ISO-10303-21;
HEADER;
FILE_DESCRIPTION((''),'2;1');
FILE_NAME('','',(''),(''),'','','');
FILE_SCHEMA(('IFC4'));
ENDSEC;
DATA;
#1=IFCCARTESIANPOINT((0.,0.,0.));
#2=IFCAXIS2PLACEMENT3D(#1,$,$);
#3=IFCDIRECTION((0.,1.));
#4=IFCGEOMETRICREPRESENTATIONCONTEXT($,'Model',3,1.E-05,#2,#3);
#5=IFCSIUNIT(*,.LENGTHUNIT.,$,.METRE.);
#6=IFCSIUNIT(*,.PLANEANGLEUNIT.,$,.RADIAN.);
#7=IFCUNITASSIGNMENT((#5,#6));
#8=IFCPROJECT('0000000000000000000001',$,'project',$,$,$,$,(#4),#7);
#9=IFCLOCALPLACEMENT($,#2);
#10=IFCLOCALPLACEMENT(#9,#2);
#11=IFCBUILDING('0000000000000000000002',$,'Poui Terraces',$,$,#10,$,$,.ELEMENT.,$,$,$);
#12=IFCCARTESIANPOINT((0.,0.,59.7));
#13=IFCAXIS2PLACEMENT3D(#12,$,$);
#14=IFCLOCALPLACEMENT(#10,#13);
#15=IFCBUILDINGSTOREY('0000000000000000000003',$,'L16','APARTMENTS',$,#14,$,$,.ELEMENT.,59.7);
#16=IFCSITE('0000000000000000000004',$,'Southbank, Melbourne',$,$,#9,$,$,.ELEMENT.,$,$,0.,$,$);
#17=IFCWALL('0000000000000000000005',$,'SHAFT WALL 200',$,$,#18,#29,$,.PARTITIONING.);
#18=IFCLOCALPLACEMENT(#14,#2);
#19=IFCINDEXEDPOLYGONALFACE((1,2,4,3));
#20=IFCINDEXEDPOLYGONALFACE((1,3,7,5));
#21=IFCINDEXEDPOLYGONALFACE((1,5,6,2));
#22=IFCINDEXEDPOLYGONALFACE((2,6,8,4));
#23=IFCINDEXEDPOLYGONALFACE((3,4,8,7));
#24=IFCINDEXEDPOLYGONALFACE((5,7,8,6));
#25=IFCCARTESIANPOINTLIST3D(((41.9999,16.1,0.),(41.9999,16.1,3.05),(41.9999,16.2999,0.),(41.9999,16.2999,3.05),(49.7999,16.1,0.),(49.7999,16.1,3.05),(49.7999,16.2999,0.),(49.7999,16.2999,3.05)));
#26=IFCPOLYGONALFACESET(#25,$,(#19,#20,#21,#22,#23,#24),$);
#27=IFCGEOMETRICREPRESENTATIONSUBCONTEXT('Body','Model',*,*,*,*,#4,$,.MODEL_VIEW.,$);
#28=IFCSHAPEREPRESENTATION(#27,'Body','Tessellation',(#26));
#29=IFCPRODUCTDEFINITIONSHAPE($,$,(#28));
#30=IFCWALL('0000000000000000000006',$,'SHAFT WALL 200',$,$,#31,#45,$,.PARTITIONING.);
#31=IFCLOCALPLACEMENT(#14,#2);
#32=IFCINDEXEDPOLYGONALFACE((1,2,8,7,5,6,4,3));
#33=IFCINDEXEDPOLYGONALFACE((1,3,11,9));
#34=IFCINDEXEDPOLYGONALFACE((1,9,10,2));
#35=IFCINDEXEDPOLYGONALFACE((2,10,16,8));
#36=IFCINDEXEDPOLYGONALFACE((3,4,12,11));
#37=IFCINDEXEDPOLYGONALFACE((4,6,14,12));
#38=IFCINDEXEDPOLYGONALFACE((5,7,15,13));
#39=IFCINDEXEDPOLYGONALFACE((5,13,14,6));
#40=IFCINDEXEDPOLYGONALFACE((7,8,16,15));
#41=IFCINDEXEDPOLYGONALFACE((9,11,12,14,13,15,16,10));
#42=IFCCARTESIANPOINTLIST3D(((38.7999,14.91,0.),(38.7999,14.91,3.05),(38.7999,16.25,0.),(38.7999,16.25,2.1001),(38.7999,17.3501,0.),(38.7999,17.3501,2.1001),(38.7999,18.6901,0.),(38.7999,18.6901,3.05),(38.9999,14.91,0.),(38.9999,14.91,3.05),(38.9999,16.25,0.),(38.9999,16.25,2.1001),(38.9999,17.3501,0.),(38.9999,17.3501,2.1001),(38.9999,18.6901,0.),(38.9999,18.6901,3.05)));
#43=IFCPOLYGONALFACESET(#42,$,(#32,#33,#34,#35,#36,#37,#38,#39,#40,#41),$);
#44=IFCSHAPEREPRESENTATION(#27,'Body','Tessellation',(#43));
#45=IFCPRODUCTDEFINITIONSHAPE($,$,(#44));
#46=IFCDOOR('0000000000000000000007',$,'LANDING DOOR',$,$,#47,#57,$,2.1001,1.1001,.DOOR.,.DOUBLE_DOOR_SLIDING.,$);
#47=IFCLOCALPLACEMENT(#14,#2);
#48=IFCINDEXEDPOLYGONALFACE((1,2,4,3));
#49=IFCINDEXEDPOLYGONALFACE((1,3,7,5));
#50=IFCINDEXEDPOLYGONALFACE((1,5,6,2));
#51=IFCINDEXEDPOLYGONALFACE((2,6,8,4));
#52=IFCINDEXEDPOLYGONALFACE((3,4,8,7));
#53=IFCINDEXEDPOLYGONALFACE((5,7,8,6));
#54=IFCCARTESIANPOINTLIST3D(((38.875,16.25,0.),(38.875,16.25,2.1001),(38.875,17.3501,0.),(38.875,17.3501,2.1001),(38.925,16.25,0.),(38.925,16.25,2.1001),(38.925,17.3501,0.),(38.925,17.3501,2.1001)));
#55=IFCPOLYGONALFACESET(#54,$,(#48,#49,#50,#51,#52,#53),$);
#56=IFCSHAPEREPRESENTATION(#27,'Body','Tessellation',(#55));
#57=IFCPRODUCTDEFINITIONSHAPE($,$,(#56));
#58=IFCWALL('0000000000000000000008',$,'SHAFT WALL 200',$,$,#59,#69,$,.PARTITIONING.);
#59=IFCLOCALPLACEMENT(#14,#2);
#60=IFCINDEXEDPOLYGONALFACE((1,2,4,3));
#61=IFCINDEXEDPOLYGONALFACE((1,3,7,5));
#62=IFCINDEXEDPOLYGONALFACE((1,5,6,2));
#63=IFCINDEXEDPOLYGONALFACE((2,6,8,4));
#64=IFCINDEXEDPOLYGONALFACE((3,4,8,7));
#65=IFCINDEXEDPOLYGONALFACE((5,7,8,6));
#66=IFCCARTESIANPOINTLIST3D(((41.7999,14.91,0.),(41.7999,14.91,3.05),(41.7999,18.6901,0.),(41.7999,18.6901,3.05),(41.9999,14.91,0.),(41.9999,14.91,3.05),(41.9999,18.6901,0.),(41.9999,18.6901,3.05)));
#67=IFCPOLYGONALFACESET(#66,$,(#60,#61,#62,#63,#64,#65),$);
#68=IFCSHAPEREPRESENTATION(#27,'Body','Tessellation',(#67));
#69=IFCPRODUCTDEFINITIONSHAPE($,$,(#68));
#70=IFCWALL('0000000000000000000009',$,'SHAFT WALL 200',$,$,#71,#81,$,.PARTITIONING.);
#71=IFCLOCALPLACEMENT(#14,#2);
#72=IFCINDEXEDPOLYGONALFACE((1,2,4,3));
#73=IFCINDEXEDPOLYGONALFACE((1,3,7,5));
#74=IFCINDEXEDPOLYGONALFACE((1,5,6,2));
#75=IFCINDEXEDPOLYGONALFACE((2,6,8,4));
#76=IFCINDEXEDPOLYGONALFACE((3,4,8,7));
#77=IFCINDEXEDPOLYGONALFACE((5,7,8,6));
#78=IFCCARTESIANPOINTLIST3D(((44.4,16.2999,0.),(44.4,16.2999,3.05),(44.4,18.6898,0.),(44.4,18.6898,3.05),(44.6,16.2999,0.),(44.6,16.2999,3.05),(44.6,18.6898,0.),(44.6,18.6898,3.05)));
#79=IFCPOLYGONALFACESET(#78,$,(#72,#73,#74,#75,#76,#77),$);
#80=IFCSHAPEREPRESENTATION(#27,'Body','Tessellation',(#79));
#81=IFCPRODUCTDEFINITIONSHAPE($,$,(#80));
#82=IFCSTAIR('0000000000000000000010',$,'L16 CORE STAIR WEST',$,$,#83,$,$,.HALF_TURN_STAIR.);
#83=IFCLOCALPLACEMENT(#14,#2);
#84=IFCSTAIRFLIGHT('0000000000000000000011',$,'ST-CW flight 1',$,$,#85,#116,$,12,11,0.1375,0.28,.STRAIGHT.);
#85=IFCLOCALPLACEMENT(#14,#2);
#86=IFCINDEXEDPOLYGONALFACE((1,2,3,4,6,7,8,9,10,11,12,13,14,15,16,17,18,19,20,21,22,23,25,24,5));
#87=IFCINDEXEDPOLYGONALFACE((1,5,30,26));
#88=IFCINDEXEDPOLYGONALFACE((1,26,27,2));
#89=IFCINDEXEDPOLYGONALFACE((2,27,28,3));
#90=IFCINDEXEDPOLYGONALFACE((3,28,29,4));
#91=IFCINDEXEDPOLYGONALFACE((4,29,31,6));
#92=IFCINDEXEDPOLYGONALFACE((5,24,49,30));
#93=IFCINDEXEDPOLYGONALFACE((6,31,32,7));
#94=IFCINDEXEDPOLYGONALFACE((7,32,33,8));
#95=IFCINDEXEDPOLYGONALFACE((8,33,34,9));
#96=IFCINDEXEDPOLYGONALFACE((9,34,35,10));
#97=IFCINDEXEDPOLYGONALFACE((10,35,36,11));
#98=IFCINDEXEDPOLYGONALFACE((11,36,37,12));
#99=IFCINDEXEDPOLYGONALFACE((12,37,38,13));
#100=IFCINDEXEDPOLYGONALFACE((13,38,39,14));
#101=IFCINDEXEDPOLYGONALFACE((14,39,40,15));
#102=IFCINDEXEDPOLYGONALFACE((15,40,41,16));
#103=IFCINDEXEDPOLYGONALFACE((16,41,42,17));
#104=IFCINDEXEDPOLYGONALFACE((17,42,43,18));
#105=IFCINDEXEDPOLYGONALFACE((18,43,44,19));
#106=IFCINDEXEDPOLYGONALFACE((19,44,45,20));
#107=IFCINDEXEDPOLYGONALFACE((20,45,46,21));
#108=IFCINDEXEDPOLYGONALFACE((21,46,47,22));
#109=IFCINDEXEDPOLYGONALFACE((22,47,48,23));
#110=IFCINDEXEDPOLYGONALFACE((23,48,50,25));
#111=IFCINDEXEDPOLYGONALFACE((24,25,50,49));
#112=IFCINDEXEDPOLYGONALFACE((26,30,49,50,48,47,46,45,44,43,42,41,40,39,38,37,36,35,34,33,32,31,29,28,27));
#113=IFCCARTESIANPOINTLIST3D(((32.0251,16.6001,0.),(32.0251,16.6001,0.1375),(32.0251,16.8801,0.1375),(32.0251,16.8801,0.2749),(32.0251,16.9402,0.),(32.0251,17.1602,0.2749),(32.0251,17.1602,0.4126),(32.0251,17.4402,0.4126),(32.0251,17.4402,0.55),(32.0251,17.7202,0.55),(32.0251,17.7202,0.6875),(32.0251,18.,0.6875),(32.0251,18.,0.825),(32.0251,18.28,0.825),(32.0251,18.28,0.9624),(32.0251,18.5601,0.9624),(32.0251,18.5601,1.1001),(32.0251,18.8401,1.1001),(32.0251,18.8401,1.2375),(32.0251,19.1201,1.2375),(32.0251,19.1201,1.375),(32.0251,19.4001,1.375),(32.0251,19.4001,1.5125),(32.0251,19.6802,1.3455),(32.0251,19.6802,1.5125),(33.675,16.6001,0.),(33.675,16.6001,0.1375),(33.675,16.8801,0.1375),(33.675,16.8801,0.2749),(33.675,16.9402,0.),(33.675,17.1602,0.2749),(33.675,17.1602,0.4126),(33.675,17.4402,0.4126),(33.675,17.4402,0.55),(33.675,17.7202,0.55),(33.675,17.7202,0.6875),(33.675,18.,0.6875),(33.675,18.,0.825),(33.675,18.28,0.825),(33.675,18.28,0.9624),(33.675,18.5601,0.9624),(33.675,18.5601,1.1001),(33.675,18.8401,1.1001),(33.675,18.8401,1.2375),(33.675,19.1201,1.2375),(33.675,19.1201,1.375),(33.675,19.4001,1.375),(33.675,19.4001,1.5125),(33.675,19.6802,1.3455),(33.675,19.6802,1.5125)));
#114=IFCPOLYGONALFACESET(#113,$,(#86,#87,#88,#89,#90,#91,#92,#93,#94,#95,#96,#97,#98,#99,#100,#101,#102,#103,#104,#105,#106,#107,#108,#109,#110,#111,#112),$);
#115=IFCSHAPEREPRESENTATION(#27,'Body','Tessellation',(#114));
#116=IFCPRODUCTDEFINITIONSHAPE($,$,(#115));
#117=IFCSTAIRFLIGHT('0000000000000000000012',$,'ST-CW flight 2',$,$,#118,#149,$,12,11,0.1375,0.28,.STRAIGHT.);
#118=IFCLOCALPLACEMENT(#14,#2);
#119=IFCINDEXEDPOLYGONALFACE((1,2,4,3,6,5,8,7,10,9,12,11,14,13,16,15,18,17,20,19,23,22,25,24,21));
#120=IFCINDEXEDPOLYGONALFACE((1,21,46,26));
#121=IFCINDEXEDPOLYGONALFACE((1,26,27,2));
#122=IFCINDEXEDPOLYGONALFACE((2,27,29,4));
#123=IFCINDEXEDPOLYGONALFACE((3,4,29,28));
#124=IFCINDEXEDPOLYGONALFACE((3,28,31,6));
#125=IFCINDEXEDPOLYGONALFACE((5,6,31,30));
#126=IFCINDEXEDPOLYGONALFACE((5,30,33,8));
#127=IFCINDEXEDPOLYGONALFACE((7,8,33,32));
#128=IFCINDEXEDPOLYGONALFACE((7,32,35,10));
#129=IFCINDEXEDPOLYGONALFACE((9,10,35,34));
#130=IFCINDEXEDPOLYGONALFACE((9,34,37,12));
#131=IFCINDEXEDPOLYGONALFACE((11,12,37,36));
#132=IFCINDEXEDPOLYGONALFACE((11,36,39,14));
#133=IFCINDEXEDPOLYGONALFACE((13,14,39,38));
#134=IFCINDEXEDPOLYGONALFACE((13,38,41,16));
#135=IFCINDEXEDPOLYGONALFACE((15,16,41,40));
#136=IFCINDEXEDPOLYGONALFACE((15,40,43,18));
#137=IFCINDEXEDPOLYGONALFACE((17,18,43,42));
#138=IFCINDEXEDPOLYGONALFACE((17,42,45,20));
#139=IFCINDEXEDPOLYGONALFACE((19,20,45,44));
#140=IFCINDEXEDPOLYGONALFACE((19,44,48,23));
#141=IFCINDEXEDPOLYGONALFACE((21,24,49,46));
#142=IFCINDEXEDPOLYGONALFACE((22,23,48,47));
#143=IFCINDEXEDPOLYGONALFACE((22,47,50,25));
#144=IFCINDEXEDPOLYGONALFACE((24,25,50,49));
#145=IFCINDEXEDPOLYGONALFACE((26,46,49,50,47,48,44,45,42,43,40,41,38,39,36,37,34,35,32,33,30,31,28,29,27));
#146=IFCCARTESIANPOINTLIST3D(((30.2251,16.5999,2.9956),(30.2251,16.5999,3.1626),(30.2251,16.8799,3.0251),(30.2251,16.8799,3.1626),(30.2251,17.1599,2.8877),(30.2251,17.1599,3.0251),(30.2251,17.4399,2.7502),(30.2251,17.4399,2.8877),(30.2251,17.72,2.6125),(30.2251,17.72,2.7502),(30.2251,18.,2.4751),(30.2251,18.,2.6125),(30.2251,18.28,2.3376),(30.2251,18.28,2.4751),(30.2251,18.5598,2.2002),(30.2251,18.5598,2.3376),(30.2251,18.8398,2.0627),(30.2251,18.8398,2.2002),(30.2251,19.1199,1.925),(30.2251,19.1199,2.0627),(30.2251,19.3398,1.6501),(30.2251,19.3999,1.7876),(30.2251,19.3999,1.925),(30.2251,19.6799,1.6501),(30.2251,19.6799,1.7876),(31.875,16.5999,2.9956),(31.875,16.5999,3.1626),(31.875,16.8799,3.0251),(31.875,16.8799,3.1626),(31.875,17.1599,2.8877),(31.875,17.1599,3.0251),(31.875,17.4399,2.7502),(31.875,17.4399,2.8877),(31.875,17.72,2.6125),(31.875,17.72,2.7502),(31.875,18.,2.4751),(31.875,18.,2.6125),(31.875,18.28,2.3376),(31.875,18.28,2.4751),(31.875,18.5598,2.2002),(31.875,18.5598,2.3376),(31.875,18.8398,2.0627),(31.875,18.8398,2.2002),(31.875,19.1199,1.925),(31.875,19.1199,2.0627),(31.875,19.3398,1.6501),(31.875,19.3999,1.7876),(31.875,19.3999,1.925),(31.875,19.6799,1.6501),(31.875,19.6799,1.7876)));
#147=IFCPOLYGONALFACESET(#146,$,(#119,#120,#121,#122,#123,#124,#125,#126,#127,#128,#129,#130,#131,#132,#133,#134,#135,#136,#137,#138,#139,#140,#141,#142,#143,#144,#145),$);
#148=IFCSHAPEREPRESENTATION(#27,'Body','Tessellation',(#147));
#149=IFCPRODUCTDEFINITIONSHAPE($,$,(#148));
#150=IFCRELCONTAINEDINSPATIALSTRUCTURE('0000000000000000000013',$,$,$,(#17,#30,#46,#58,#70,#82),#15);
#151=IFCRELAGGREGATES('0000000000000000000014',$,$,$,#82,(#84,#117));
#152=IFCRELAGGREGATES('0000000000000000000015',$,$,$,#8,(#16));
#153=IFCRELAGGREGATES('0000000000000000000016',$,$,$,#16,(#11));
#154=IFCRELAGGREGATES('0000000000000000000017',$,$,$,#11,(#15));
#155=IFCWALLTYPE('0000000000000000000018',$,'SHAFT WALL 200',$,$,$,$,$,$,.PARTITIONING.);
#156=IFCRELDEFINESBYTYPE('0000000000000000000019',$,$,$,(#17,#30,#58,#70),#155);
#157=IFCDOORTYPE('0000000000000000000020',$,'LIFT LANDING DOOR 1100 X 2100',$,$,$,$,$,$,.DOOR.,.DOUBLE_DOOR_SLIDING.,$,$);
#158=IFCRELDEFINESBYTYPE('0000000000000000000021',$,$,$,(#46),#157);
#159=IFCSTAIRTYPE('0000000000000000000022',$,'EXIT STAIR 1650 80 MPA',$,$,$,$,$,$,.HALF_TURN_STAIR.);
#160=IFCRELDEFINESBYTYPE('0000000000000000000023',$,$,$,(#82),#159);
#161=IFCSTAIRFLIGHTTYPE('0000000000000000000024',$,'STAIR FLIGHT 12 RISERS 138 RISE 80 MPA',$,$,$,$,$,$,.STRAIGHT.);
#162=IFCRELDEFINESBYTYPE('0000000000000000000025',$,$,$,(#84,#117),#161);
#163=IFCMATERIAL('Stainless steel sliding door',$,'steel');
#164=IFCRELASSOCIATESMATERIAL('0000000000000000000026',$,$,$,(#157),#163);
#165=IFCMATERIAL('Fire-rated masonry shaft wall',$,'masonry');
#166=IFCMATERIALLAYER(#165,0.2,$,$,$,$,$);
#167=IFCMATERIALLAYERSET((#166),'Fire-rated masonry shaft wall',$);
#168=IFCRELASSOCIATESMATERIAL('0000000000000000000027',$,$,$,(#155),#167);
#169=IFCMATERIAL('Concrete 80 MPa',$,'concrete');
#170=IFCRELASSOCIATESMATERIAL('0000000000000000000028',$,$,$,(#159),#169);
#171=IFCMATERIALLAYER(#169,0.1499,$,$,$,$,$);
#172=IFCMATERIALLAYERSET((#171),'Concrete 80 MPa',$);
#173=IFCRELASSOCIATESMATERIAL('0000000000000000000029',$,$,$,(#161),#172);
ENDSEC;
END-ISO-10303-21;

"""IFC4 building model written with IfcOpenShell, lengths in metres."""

from ifc_helpers import new_model, si_unit, direction, frame, frame_2d, origin, place, context, subcontext, project, spatial, polyline, rectangle, outline, extrude, material, layer, layer_set, type_object, element, fill, aggregate, save


model = new_model("IFC4")

# Units and contexts
model_context = context("Model", 3, precision=1e-05, world=origin(), true_north=direction((0.0, 1.0)))
body_context = subcontext(model_context, "Body", "Model", "MODEL_VIEW")
ifc_project = project(units=[si_unit("LENGTHUNIT", "METRE"), si_unit("PLANEANGLEUNIT", "RADIAN")], contexts=[model_context])

# Site, building, storey
site_placement = place(None, origin())
site = spatial("IfcSite", under=ifc_project, at=site_placement, Name="Southbank, Melbourne", CompositionType="ELEMENT", RefElevation=0.0)
building_placement = place(site_placement, origin())
building = spatial("IfcBuilding", under=site, at=building_placement, Name="Poui Terraces", CompositionType="ELEMENT")
storey_placement = place(building_placement, frame((0.0, 0.0, 59.7)))
storey = spatial("IfcBuildingStorey", under=building, at=storey_placement, Name="L16", Description="APARTMENTS", CompositionType="ELEMENT", Elevation=59.7)

# Shared definitions
ifc_material_1 = material(Name="Concrete 80 MPa", Category="concrete")
ifc_material_2 = material(Name="Stainless steel sliding door", Category="steel")
door_type_1 = type_object("IfcDoorType", Name="LIFT LANDING DOOR 1100 X 2100", OperationType="DOUBLE_DOOR_SLIDING", PredefinedType="DOOR", material=ifc_material_2)

# Wall
ifc_material_3 = material(Name="Fire-rated masonry shaft wall", Category="masonry")
ifc_layer_1 = layer(ifc_material_3, 0.2)
ifc_layer_set_1 = layer_set([ifc_layer_1], Name="Fire-rated masonry shaft wall")
wall_type_1 = type_object("IfcWallType", Name="SHAFT WALL 200", PredefinedType="PARTITIONING", material=ifc_layer_set_1)
wall_1_placement = place(storey_placement, frame((42.0, 16.2, 0.0), z_axis=(0.0, 0.0, 1.0), x_axis=(1.0, 0.0, 0.0)))
element("IfcWall", 1, at=wall_1_placement, inside=storey, type_object=wall_type_1, Name="SHAFT WALL 200", PredefinedType="PARTITIONING", context=body_context, shape_type="SweptSolid", body=[
    extrude(rectangle(XDim=7.8, YDim=0.2, at=frame_2d((3.8999, 0.0))), origin(), (0.0, 0.0, 1.0), 3.05),
])

# Wall, opening, door
wall_2_placement = place(storey_placement, frame((38.8999, 14.9099, 0.0), z_axis=(0.0, 0.0, 1.0), x_axis=(0.0, 1.0, 0.0)))
wall_2 = element("IfcWall", 2, at=wall_2_placement, inside=storey, type_object=wall_type_1, Name="SHAFT WALL 200", PredefinedType="PARTITIONING", context=body_context, shape_type="SweptSolid", body=[
    extrude(rectangle(XDim=3.78, YDim=0.2, at=frame_2d((1.8901, 0.0))), origin(), (0.0, 0.0, 1.0), 3.05),
])
opening_1_placement = place(wall_2_placement, frame((1.3401, 0.0, 0.0)))
opening_1 = element("IfcOpeningElement", 3, at=opening_1_placement, cuts=wall_2, PredefinedType="OPENING", context=body_context, shape_type="SweptSolid", body=[
    extrude(rectangle(XDim=1.1001, YDim=2.1001, at=frame_2d((0.55, 1.05))), frame((0.0, 0.1099, 0.0), z_axis=(0.0, -1.0, 0.0), x_axis=(1.0, 0.0, 0.0)), (0.0, 0.0, 1.0), 0.22),
])
door_1_placement = place(opening_1_placement, origin())
door_1 = element("IfcDoor", 4, at=door_1_placement, inside=storey, type_object=door_type_1, Name="LANDING DOOR", OperationType="DOUBLE_DOOR_SLIDING", OverallHeight=2.1001, OverallWidth=1.1001, PredefinedType="DOOR", context=body_context, shape_type="SweptSolid", body=[
    extrude(rectangle(XDim=1.1001, YDim=2.1001, at=frame_2d((0.55, 1.05))), frame((0.0, 0.0249, 0.0), z_axis=(0.0, -1.0, 0.0), x_axis=(1.0, 0.0, 0.0)), (0.0, 0.0, 1.0), 0.05),
])
fill(opening_1, door_1)

# Walls
wall_3_placement = place(storey_placement, frame((41.8999, 14.9099, 0.0), z_axis=(0.0, 0.0, 1.0), x_axis=(0.0, 1.0, 0.0)))
element("IfcWall", 5, at=wall_3_placement, inside=storey, type_object=wall_type_1, Name="SHAFT WALL 200", PredefinedType="PARTITIONING", context=body_context, shape_type="SweptSolid", body=[
    extrude(rectangle(XDim=3.78, YDim=0.2, at=frame_2d((1.8901, 0.0))), origin(), (0.0, 0.0, 1.0), 3.05),
])
wall_4_placement = place(storey_placement, frame((44.5, 16.3, 0.0), z_axis=(0.0, 0.0, 1.0), x_axis=(0.0, 1.0, 0.0)))
element("IfcWall", 6, at=wall_4_placement, inside=storey, type_object=wall_type_1, Name="SHAFT WALL 200", PredefinedType="PARTITIONING", context=body_context, shape_type="SweptSolid", body=[
    extrude(rectangle(XDim=2.3899, YDim=0.2, at=frame_2d((1.1948, 0.0))), origin(), (0.0, 0.0, 1.0), 3.05),
])

# Stair, stair flights
stair_type = type_object("IfcStairType", Name="EXIT STAIR 1650 80 MPA", PredefinedType="HALF_TURN_STAIR", material=ifc_material_1)
stair_placement = place(storey_placement, origin())
stair = element("IfcStair", 7, at=stair_placement, inside=storey, type_object=stair_type, Name="L16 CORE STAIR WEST", PredefinedType="HALF_TURN_STAIR")
ifc_layer_2 = layer(ifc_material_1, 0.1499)
ifc_layer_set_2 = layer_set([ifc_layer_2], Name="Concrete 80 MPa")
stair_flight_type = type_object("IfcStairFlightType", Name="STAIR FLIGHT 12 RISERS 138 RISE 80 MPA", PredefinedType="STRAIGHT", material=ifc_layer_set_2)
stair_flight_1_placement = place(storey_placement, frame((32.8501, 16.6001, 0.0), z_axis=(0.0, 0.0, 1.0), x_axis=(0.0, 1.0, 0.0)))
stair_flight_1 = element("IfcStairFlight", 8, at=stair_flight_1_placement, type_object=stair_flight_type, Name="ST-CW flight 1", NumberOfRisers=12, NumberOfTreads=11, PredefinedType="STRAIGHT", RiserHeight=0.1375, TreadLength=0.28, context=body_context, shape_type="SweptSolid", body=[
    extrude(outline(polyline([(0.0, 0.0), (0.0, 0.1375), (0.28, 0.1375), (0.28, 0.2749), (0.5601, 0.2749), (0.5601, 0.4126), (0.8401, 0.4126), (0.8401, 0.55), (1.1201, 0.55), (1.1201, 0.6875), (1.3999, 0.6875), (1.3999, 0.825), (1.6799, 0.825), (1.6799, 0.9624), (1.96, 0.9624), (1.96, 1.1001), (2.24, 1.1001), (2.24, 1.2375), (2.52, 1.2375), (2.52, 1.375), (2.8, 1.375), (2.8, 1.5125), (3.0801, 1.5125), (3.0801, 1.6499), (3.0801, 1.3455), (0.3401, 0.0), (0.0, 0.0)])), frame((0.0, 0.825, 0.0), z_axis=(0.0, -1.0, 0.0), x_axis=(1.0, 0.0, 0.0)), (0.0, 0.0, 1.0), 1.6499),
])
stair_flight_2_placement = place(storey_placement, frame((31.05, 19.6799, 1.6501), z_axis=(0.0, 0.0, 1.0), x_axis=(0.0, -1.0, 0.0)))
stair_flight_2 = element("IfcStairFlight", 9, at=stair_flight_2_placement, type_object=stair_flight_type, Name="ST-CW flight 2", NumberOfRisers=12, NumberOfTreads=11, PredefinedType="STRAIGHT", RiserHeight=0.1375, TreadLength=0.28, context=body_context, shape_type="SweptSolid", body=[
    extrude(outline(polyline([(0.0, 0.0), (0.0, 0.1375), (0.28, 0.1375), (0.28, 0.2749), (0.5601, 0.2749), (0.5601, 0.4126), (0.8401, 0.4126), (0.8401, 0.55), (1.1201, 0.55), (1.1201, 0.6875), (1.3999, 0.6875), (1.3999, 0.825), (1.6799, 0.825), (1.6799, 0.9624), (1.96, 0.9624), (1.96, 1.1001), (2.24, 1.1001), (2.24, 1.2375), (2.52, 1.2375), (2.52, 1.375), (2.8, 1.375), (2.8, 1.5125), (3.0801, 1.5125), (3.0801, 1.6499), (3.0801, 1.3455), (0.3401, 0.0), (0.0, 0.0)])), frame((0.0, 0.825, 0.0), z_axis=(0.0, -1.0, 0.0), x_axis=(1.0, 0.0, 0.0)), (0.0, 0.0, 1.0), 1.6499),
])
aggregate(stair, [stair_flight_1, stair_flight_2])

save(model, "model.ifc")
